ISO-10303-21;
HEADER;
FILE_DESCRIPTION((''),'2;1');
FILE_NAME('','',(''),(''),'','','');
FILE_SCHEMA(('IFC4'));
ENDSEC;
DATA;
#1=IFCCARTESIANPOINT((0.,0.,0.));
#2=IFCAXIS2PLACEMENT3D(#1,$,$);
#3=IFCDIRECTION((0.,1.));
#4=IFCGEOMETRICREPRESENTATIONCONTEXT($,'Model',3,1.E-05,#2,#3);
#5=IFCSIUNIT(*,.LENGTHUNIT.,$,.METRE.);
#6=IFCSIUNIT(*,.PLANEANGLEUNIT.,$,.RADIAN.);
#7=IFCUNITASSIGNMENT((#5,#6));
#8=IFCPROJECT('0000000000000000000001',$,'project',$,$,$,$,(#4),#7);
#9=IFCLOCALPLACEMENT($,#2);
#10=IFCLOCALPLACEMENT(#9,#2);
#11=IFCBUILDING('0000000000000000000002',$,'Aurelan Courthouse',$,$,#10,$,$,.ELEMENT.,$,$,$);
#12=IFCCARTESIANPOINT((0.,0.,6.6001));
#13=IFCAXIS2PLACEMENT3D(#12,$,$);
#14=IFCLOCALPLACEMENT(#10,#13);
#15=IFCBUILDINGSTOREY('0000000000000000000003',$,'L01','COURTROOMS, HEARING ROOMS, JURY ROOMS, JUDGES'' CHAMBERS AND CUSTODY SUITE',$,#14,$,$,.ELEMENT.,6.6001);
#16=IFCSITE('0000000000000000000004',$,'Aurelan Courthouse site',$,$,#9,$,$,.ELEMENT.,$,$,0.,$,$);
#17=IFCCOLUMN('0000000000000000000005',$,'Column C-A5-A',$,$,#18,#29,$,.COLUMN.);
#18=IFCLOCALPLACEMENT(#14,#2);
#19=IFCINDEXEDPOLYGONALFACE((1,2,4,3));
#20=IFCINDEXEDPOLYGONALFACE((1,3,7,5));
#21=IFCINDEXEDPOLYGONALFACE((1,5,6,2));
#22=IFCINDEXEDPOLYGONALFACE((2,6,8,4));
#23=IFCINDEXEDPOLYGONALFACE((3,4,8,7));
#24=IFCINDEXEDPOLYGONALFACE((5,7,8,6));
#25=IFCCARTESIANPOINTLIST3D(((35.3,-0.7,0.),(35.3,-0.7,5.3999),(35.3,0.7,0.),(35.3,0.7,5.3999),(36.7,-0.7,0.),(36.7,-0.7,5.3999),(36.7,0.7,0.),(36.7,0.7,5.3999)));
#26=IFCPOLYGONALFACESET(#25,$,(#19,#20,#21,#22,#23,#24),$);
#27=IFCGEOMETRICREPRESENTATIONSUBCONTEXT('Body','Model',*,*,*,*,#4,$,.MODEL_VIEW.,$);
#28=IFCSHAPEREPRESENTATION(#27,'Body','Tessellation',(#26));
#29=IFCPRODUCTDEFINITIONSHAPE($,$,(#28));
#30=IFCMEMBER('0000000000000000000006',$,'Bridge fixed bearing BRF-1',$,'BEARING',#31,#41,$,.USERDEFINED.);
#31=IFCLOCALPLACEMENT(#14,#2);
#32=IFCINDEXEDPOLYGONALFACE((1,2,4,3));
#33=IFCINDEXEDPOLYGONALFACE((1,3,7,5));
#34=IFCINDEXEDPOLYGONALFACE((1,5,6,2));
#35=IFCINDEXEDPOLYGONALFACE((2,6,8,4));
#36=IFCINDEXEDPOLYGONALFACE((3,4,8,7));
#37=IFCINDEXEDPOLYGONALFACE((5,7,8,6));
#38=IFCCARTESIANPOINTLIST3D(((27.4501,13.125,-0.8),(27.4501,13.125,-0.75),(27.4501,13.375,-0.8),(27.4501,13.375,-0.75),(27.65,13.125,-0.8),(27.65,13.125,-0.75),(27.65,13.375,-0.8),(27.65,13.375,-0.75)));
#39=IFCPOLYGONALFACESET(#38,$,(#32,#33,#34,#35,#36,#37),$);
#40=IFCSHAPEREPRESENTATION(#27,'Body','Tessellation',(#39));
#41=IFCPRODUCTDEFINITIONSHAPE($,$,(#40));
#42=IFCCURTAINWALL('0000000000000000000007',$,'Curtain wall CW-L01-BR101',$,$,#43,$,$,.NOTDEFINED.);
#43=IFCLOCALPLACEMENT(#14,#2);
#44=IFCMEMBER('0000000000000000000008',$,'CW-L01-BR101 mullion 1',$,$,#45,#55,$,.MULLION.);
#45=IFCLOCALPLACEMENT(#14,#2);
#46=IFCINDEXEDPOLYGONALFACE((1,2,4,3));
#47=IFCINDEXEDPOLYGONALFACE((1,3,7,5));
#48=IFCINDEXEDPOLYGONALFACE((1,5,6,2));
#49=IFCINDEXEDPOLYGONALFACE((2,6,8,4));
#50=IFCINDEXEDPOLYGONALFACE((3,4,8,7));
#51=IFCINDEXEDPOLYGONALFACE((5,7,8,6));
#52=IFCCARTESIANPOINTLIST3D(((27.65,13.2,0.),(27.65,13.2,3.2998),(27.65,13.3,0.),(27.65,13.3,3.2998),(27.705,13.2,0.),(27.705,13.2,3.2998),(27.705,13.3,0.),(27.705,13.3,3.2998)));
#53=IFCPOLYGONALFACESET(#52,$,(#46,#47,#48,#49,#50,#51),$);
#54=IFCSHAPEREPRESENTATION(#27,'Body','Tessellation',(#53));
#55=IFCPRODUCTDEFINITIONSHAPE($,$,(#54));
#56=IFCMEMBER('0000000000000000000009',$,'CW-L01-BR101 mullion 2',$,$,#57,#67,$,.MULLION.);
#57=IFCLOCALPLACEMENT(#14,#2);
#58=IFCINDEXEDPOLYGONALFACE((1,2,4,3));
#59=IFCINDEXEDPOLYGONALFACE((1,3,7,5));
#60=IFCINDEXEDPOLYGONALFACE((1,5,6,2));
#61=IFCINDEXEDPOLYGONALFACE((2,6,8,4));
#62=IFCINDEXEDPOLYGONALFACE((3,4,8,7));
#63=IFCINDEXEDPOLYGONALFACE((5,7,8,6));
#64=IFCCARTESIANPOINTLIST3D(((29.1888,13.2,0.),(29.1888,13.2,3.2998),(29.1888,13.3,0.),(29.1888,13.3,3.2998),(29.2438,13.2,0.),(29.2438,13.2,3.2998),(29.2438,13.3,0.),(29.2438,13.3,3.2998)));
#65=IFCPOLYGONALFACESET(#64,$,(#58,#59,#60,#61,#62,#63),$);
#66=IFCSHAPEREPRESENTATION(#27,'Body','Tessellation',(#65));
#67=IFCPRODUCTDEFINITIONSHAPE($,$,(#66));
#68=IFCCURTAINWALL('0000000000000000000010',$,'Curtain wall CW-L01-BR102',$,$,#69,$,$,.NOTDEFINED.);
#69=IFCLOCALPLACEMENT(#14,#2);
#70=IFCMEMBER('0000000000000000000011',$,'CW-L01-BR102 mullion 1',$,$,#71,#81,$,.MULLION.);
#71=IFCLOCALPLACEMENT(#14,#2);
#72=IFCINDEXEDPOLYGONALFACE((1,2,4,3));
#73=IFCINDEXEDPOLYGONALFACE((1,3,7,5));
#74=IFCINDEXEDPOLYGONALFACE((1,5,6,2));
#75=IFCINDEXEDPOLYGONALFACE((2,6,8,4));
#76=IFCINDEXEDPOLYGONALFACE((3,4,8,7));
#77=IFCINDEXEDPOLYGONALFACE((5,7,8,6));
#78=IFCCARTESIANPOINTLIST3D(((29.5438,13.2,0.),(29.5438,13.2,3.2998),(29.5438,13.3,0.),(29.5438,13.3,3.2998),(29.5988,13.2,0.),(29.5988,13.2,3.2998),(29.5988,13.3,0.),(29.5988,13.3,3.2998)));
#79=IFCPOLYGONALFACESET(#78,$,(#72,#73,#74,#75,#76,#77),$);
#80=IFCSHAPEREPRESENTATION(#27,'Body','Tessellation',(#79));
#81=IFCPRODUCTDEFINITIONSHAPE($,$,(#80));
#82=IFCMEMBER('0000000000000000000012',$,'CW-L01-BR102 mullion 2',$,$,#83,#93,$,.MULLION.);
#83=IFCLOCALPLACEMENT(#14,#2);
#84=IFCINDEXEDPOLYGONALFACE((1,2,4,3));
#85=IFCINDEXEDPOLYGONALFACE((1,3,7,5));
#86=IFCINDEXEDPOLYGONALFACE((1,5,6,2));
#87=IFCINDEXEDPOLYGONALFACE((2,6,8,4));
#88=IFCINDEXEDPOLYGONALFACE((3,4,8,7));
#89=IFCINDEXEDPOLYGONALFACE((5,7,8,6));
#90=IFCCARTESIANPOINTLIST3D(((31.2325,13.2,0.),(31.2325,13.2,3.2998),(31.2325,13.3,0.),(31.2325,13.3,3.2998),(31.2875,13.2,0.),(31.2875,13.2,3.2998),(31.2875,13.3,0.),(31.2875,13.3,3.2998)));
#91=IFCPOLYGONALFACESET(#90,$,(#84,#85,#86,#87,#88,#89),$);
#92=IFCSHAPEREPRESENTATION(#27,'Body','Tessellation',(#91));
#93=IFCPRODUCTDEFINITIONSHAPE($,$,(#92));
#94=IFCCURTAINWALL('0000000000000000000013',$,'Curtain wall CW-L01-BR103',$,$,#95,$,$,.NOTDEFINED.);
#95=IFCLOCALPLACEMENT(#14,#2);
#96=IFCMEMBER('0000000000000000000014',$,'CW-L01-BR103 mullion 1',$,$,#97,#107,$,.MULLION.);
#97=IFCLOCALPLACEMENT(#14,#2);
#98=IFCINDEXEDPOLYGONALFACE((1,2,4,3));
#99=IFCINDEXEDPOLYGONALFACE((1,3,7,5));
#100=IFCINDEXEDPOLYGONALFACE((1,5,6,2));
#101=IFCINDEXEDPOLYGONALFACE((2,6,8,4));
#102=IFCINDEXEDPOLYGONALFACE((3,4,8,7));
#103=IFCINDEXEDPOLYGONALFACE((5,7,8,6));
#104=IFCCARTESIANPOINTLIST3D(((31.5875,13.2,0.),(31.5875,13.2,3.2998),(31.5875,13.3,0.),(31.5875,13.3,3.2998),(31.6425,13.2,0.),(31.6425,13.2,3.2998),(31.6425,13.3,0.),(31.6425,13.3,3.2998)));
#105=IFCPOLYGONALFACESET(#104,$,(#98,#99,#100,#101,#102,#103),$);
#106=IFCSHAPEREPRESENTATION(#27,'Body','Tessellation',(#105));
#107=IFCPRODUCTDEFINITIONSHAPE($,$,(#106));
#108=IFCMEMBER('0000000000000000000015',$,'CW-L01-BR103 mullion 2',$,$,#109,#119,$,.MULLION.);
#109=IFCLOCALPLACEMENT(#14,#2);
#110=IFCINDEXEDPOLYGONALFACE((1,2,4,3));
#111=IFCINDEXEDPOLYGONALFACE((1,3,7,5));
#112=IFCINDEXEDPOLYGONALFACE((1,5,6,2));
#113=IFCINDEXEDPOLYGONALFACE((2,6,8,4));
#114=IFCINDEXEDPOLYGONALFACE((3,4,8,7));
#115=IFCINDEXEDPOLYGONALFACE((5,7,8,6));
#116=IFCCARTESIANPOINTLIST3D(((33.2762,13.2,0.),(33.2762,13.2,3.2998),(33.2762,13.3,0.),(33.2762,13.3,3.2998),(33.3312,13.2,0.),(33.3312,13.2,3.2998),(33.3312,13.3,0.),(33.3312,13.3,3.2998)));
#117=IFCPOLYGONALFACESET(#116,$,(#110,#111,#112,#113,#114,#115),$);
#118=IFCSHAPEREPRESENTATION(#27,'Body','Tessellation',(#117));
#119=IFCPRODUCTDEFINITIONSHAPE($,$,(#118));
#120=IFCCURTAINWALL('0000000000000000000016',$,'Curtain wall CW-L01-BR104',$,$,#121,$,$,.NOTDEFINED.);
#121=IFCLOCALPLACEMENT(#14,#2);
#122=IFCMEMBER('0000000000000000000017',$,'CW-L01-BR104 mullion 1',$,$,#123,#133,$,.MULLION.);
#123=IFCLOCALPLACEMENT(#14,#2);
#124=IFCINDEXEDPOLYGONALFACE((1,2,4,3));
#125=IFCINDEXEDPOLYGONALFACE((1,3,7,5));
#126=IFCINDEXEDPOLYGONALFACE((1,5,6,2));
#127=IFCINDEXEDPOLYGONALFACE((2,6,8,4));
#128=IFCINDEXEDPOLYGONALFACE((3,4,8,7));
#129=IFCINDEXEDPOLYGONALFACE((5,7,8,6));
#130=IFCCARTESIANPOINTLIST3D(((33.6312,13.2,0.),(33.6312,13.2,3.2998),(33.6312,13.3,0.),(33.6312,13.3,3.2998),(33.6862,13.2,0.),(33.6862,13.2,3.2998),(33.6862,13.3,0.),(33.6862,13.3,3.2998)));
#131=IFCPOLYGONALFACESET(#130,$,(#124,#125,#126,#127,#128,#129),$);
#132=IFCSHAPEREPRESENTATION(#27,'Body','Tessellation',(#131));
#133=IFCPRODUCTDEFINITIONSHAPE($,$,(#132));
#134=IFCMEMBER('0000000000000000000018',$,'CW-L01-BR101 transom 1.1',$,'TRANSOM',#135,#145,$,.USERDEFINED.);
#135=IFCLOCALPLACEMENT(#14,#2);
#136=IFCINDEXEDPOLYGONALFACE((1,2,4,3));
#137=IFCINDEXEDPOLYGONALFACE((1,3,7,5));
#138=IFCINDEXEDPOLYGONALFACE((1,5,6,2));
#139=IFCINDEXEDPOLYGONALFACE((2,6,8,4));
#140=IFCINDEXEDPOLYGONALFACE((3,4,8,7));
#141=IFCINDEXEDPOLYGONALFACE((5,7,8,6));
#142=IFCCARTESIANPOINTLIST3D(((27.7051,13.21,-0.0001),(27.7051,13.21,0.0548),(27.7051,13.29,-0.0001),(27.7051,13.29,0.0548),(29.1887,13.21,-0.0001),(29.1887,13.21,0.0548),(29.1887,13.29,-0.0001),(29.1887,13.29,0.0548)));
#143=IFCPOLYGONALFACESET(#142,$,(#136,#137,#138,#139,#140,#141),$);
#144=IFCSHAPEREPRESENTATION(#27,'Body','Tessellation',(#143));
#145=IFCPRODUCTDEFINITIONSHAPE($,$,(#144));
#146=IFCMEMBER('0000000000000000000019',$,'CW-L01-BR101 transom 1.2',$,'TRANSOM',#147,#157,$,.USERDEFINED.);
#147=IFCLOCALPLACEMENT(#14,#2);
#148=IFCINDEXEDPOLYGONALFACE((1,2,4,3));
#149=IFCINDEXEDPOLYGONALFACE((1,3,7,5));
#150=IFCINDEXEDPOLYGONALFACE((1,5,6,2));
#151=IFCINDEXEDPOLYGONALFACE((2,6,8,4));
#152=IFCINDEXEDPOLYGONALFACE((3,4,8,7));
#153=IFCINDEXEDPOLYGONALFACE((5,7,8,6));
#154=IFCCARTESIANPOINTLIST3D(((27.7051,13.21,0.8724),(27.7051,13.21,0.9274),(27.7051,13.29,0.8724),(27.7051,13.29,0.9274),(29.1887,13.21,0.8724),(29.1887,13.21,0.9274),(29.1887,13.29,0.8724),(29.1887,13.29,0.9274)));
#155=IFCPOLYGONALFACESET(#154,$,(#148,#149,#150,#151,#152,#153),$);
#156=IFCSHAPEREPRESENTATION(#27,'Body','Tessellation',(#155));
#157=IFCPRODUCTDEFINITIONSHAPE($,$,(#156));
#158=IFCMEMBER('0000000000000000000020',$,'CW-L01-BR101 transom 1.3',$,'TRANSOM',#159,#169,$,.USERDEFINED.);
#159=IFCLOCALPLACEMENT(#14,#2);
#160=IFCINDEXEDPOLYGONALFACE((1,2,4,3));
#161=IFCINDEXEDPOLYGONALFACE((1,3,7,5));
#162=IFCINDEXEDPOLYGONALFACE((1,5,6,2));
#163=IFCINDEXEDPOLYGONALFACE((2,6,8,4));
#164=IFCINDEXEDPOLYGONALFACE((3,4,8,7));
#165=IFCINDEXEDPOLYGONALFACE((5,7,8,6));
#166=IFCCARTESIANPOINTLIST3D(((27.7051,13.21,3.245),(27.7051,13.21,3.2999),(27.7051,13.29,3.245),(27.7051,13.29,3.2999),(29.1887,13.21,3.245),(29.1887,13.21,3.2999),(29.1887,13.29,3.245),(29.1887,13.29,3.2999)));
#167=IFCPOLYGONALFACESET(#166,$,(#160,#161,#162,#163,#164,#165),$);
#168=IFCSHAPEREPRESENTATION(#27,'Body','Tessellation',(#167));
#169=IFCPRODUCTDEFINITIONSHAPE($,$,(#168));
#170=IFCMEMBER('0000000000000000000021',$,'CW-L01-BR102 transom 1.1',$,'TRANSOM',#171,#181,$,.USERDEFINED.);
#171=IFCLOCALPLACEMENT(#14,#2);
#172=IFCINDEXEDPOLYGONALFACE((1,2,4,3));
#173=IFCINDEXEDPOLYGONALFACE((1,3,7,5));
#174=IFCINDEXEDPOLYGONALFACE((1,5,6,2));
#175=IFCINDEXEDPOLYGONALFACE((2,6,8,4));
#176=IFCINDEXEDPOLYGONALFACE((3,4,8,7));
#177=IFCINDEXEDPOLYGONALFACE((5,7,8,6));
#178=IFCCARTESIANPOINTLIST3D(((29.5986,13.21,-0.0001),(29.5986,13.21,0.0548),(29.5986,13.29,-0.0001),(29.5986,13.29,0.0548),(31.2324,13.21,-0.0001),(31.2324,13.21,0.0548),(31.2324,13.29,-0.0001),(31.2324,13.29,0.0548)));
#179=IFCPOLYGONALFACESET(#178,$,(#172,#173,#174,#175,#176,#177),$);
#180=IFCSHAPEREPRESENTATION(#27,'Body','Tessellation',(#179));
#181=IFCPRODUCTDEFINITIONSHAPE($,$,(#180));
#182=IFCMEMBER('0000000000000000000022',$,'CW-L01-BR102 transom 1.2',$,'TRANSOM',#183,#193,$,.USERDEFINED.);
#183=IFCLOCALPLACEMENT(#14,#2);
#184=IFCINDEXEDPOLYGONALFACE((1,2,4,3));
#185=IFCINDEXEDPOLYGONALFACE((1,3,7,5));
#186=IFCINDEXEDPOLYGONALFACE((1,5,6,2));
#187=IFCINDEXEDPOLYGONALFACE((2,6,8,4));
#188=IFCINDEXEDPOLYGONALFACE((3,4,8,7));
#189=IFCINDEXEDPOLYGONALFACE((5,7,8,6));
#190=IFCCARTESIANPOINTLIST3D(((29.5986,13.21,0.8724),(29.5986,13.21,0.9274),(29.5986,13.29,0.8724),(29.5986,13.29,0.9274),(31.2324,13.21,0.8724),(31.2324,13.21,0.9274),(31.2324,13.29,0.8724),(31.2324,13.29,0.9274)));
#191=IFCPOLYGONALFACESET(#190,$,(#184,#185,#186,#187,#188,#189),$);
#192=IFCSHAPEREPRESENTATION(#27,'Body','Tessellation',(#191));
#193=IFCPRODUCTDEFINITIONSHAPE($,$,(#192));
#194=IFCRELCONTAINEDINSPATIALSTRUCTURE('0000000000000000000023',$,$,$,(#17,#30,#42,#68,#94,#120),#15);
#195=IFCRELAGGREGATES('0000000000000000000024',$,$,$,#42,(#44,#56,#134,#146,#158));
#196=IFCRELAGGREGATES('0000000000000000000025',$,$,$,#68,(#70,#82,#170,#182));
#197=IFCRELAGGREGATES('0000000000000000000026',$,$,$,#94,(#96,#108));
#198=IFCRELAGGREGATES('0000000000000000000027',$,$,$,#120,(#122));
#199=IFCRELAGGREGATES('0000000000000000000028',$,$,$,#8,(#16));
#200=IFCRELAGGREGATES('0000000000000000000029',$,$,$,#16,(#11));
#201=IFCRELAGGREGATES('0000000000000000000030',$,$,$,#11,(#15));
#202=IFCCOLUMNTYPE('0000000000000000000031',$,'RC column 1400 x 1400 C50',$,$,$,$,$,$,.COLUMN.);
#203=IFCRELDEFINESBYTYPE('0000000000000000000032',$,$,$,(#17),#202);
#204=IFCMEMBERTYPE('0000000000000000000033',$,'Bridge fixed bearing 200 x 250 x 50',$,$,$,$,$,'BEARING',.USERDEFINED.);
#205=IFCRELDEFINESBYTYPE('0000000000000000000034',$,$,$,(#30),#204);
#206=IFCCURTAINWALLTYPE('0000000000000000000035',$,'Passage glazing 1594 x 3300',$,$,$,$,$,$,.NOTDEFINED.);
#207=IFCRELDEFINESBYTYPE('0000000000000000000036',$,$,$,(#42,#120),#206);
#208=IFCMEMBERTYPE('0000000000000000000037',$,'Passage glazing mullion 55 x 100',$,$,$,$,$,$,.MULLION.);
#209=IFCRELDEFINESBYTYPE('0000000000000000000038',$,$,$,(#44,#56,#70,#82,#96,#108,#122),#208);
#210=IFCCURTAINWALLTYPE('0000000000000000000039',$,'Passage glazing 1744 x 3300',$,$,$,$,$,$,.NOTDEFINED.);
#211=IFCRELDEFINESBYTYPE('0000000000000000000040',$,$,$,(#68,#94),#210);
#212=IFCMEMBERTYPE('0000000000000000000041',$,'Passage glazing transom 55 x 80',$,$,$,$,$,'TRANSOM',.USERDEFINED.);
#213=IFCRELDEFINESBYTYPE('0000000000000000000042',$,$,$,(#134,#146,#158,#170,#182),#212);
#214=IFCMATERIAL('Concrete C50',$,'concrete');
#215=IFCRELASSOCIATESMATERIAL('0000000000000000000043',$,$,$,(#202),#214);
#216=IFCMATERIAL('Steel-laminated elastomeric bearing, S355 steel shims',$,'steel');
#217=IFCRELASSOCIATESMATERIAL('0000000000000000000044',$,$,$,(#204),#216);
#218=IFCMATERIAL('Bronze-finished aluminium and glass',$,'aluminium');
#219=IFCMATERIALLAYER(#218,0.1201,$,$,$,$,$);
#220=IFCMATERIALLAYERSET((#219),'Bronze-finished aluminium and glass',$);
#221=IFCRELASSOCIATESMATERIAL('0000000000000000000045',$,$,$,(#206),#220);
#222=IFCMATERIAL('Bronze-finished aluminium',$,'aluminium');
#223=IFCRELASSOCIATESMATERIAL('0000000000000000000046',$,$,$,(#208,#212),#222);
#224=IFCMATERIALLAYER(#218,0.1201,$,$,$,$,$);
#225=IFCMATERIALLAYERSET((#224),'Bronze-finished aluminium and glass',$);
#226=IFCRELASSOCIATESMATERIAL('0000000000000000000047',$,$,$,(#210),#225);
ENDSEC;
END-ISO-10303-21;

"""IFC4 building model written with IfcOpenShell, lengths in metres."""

from ifc_helpers import new_model, si_unit, direction, frame, origin, origin_2d, place, context, subcontext, project, spatial, rectangle, extrude, material, layer, layer_set, material_profile, profile_set, type_object, element, aggregate, save


model = new_model("IFC4")

# Units and contexts
model_context = context("Model", 3, precision=1e-05, world=origin(), true_north=direction((0.0, 1.0)))
body_context = subcontext(model_context, "Body", "Model", "MODEL_VIEW")
ifc_project = project(units=[si_unit("LENGTHUNIT", "METRE"), si_unit("PLANEANGLEUNIT", "RADIAN")], contexts=[model_context])

# Site, building, storey
site_placement = place(None, origin())
site = spatial("IfcSite", under=ifc_project, at=site_placement, Name="Aurelan Courthouse site", CompositionType="ELEMENT", RefElevation=0.0)
building_placement = place(site_placement, origin())
building = spatial("IfcBuilding", under=site, at=building_placement, Name="Aurelan Courthouse", CompositionType="ELEMENT")
storey_placement = place(building_placement, frame((0.0, 0.0, 6.6001)))
storey = spatial("IfcBuildingStorey", under=building, at=storey_placement, Name="L01", Description="COURTROOMS, HEARING ROOMS, JURY ROOMS, JUDGES' CHAMBERS AND CUSTODY SUITE", CompositionType="ELEMENT", Elevation=6.6001)

# Column
ifc_material_1 = material(Name="Concrete C50", Category="concrete")
ifc_material_profile_1 = material_profile(ifc_material_1, rectangle(XDim=1.3999, YDim=1.3999, at=origin_2d()), Name="RC 1400 x 1400")
ifc_profile_set_1 = profile_set([ifc_material_profile_1], Name="Concrete C50")
column_type = type_object("IfcColumnType", Name="RC column 1400 x 1400 C50", PredefinedType="COLUMN", material=ifc_profile_set_1)
column_placement = place(storey_placement, frame((36.0, 0.0, 0.0), z_axis=(0.0, 0.0, 1.0), x_axis=(1.0, 0.0, 0.0)))
element("IfcColumn", 1, at=column_placement, inside=storey, type_object=column_type, Name="Column C-A5-A", PredefinedType="COLUMN", context=body_context, shape_type="SweptSolid", body=[
    extrude(rectangle(XDim=1.3999, YDim=1.3999, at=origin_2d()), origin(), (0.0, 0.0, 1.0), 5.3999),
])

# Member
ifc_material_2 = material(Name="Steel-laminated elastomeric bearing, S355 steel shims", Category="steel")
ifc_material_profile_2 = material_profile(ifc_material_2, rectangle(XDim=0.2, YDim=0.25, at=origin_2d()), Name="PL 200 x 250")
ifc_profile_set_2 = profile_set([ifc_material_profile_2], Name="Steel-laminated elastomeric bearing, S355 steel shims")
member_type_1 = type_object("IfcMemberType", Name="Bridge fixed bearing 200 x 250 x 50", ElementType="BEARING", PredefinedType="USERDEFINED", material=ifc_profile_set_2)
member_1_placement = place(storey_placement, frame((27.55, 13.25, -0.8), z_axis=(0.0, 0.0, 1.0), x_axis=(1.0, 0.0, 0.0)))
element("IfcMember", 2, at=member_1_placement, inside=storey, type_object=member_type_1, Name="Bridge fixed bearing BRF-1", ObjectType="BEARING", PredefinedType="USERDEFINED", context=body_context, shape_type="SweptSolid", body=[
    extrude(rectangle(XDim=0.2, YDim=0.25, at=origin_2d()), origin(), (0.0, 0.0, 1.0), 0.05),
])

# Curtain walls, members
ifc_material_3 = material(Name="Bronze-finished aluminium and glass", Category="aluminium")
ifc_layer_1 = layer(ifc_material_3, 0.1201)
ifc_layer_set_1 = layer_set([ifc_layer_1], Name="Bronze-finished aluminium and glass")
curtain_wall_type_1 = type_object("IfcCurtainWallType", Name="Passage glazing 1594 x 3300", PredefinedType="NOTDEFINED", material=ifc_layer_set_1)
curtain_wall_1_placement = place(storey_placement, origin())
curtain_wall_1 = element("IfcCurtainWall", 3, at=curtain_wall_1_placement, inside=storey, type_object=curtain_wall_type_1, Name="Curtain wall CW-L01-BR101", PredefinedType="NOTDEFINED")
ifc_material_4 = material(Name="Bronze-finished aluminium", Category="aluminium")
ifc_material_profile_3 = material_profile(ifc_material_4, rectangle(XDim=0.1001, YDim=0.0549, at=origin_2d()), Name="Passage glazing mullion 55 x 100")
ifc_profile_set_3 = profile_set([ifc_material_profile_3], Name="Bronze-finished aluminium")
member_type_2 = type_object("IfcMemberType", Name="Passage glazing mullion 55 x 100", PredefinedType="MULLION", material=ifc_profile_set_3)
member_2_placement = place(storey_placement, frame((27.6775, 13.25, 0.0), z_axis=(0.0, 0.0, 1.0), x_axis=(0.0, 1.0, 0.0)))
member_2 = element("IfcMember", 4, at=member_2_placement, type_object=member_type_2, Name="CW-L01-BR101 mullion 1", PredefinedType="MULLION", context=body_context, shape_type="SweptSolid", body=[
    extrude(rectangle(XDim=0.1001, YDim=0.0549, at=origin_2d()), origin(), (0.0, 0.0, 1.0), 3.2998),
])
member_3_placement = place(storey_placement, frame((29.2163, 13.25, 0.0), z_axis=(0.0, 0.0, 1.0), x_axis=(0.0, 1.0, 0.0)))
member_3 = element("IfcMember", 5, at=member_3_placement, type_object=member_type_2, Name="CW-L01-BR101 mullion 2", PredefinedType="MULLION", context=body_context, shape_type="SweptSolid", body=[
    extrude(rectangle(XDim=0.1001, YDim=0.0549, at=origin_2d()), origin(), (0.0, 0.0, 1.0), 3.2998),
])
ifc_layer_2 = layer(ifc_material_3, 0.1201)
ifc_layer_set_2 = layer_set([ifc_layer_2], Name="Bronze-finished aluminium and glass")
curtain_wall_type_2 = type_object("IfcCurtainWallType", Name="Passage glazing 1744 x 3300", PredefinedType="NOTDEFINED", material=ifc_layer_set_2)
curtain_wall_2_placement = place(storey_placement, origin())
curtain_wall_2 = element("IfcCurtainWall", 6, at=curtain_wall_2_placement, inside=storey, type_object=curtain_wall_type_2, Name="Curtain wall CW-L01-BR102", PredefinedType="NOTDEFINED")
member_4_placement = place(storey_placement, frame((29.5713, 13.25, 0.0), z_axis=(0.0, 0.0, 1.0), x_axis=(0.0, 1.0, 0.0)))
member_4 = element("IfcMember", 7, at=member_4_placement, type_object=member_type_2, Name="CW-L01-BR102 mullion 1", PredefinedType="MULLION", context=body_context, shape_type="SweptSolid", body=[
    extrude(rectangle(XDim=0.1001, YDim=0.0549, at=origin_2d()), origin(), (0.0, 0.0, 1.0), 3.2998),
])
member_5_placement = place(storey_placement, frame((31.26, 13.25, 0.0), z_axis=(0.0, 0.0, 1.0), x_axis=(0.0, 1.0, 0.0)))
member_5 = element("IfcMember", 8, at=member_5_placement, type_object=member_type_2, Name="CW-L01-BR102 mullion 2", PredefinedType="MULLION", context=body_context, shape_type="SweptSolid", body=[
    extrude(rectangle(XDim=0.1001, YDim=0.0549, at=origin_2d()), origin(), (0.0, 0.0, 1.0), 3.2998),
])
curtain_wall_3_placement = place(storey_placement, origin())
curtain_wall_3 = element("IfcCurtainWall", 9, at=curtain_wall_3_placement, inside=storey, type_object=curtain_wall_type_2, Name="Curtain wall CW-L01-BR103", PredefinedType="NOTDEFINED")
member_6_placement = place(storey_placement, frame((31.615, 13.25, 0.0), z_axis=(0.0, 0.0, 1.0), x_axis=(0.0, 1.0, 0.0)))
member_6 = element("IfcMember", 10, at=member_6_placement, type_object=member_type_2, Name="CW-L01-BR103 mullion 1", PredefinedType="MULLION", context=body_context, shape_type="SweptSolid", body=[
    extrude(rectangle(XDim=0.1001, YDim=0.0549, at=origin_2d()), origin(), (0.0, 0.0, 1.0), 3.2998),
])
member_7_placement = place(storey_placement, frame((33.3037, 13.25, 0.0), z_axis=(0.0, 0.0, 1.0), x_axis=(0.0, 1.0, 0.0)))
member_7 = element("IfcMember", 11, at=member_7_placement, type_object=member_type_2, Name="CW-L01-BR103 mullion 2", PredefinedType="MULLION", context=body_context, shape_type="SweptSolid", body=[
    extrude(rectangle(XDim=0.1001, YDim=0.0549, at=origin_2d()), origin(), (0.0, 0.0, 1.0), 3.2998),
])

# Curtain wall, member
curtain_wall_4_placement = place(storey_placement, origin())
curtain_wall_4 = element("IfcCurtainWall", 12, at=curtain_wall_4_placement, inside=storey, type_object=curtain_wall_type_1, Name="Curtain wall CW-L01-BR104", PredefinedType="NOTDEFINED")
member_8_placement = place(storey_placement, frame((33.6587, 13.25, 0.0), z_axis=(0.0, 0.0, 1.0), x_axis=(0.0, 1.0, 0.0)))
member_8 = element("IfcMember", 13, at=member_8_placement, type_object=member_type_2, Name="CW-L01-BR104 mullion 1", PredefinedType="MULLION", context=body_context, shape_type="SweptSolid", body=[
    extrude(rectangle(XDim=0.1001, YDim=0.0549, at=origin_2d()), origin(), (0.0, 0.0, 1.0), 3.2998),
])

# Members
ifc_material_profile_4 = material_profile(ifc_material_4, rectangle(XDim=0.0801, YDim=0.0549, at=origin_2d()), Name="Passage glazing transom 55 x 80")
ifc_profile_set_4 = profile_set([ifc_material_profile_4], Name="Bronze-finished aluminium")
member_type_3 = type_object("IfcMemberType", Name="Passage glazing transom 55 x 80", ElementType="TRANSOM", PredefinedType="USERDEFINED", material=ifc_profile_set_4)
member_9_placement = place(storey_placement, frame((27.7051, 13.25, 0.0273), z_axis=(1.0, 0.0, 0.0), x_axis=(0.0, 1.0, 0.0)))
member_9 = element("IfcMember", 14, at=member_9_placement, type_object=member_type_3, Name="CW-L01-BR101 transom 1.1", ObjectType="TRANSOM", PredefinedType="USERDEFINED", context=body_context, shape_type="SweptSolid", body=[
    extrude(rectangle(XDim=0.0801, YDim=0.0549, at=origin_2d()), origin(), (0.0, 0.0, 1.0), 1.4836),
])
member_10_placement = place(storey_placement, frame((27.7051, 13.25, 0.8999), z_axis=(1.0, 0.0, 0.0), x_axis=(0.0, 1.0, 0.0)))
member_10 = element("IfcMember", 15, at=member_10_placement, type_object=member_type_3, Name="CW-L01-BR101 transom 1.2", ObjectType="TRANSOM", PredefinedType="USERDEFINED", context=body_context, shape_type="SweptSolid", body=[
    extrude(rectangle(XDim=0.0801, YDim=0.0549, at=origin_2d()), origin(), (0.0, 0.0, 1.0), 1.4836),
])
member_11_placement = place(storey_placement, frame((27.7051, 13.25, 3.2725), z_axis=(1.0, 0.0, 0.0), x_axis=(0.0, 1.0, 0.0)))
member_11 = element("IfcMember", 16, at=member_11_placement, type_object=member_type_3, Name="CW-L01-BR101 transom 1.3", ObjectType="TRANSOM", PredefinedType="USERDEFINED", context=body_context, shape_type="SweptSolid", body=[
    extrude(rectangle(XDim=0.0801, YDim=0.0549, at=origin_2d()), origin(), (0.0, 0.0, 1.0), 1.4836),
])
member_12_placement = place(storey_placement, frame((29.5986, 13.25, 0.0273), z_axis=(1.0, 0.0, 0.0), x_axis=(0.0, 1.0, 0.0)))
member_12 = element("IfcMember", 17, at=member_12_placement, type_object=member_type_3, Name="CW-L01-BR102 transom 1.1", ObjectType="TRANSOM", PredefinedType="USERDEFINED", context=body_context, shape_type="SweptSolid", body=[
    extrude(rectangle(XDim=0.0801, YDim=0.0549, at=origin_2d()), origin(), (0.0, 0.0, 1.0), 1.6338),
])
member_13_placement = place(storey_placement, frame((29.5986, 13.25, 0.8999), z_axis=(1.0, 0.0, 0.0), x_axis=(0.0, 1.0, 0.0)))
member_13 = element("IfcMember", 18, at=member_13_placement, type_object=member_type_3, Name="CW-L01-BR102 transom 1.2", ObjectType="TRANSOM", PredefinedType="USERDEFINED", context=body_context, shape_type="SweptSolid", body=[
    extrude(rectangle(XDim=0.0801, YDim=0.0549, at=origin_2d()), origin(), (0.0, 0.0, 1.0), 1.6338),
])

aggregate(curtain_wall_1, [member_2, member_3, member_9, member_10, member_11])
aggregate(curtain_wall_2, [member_4, member_5, member_12, member_13])
aggregate(curtain_wall_3, [member_6, member_7])
aggregate(curtain_wall_4, [member_8])

save(model, "model.ifc")
